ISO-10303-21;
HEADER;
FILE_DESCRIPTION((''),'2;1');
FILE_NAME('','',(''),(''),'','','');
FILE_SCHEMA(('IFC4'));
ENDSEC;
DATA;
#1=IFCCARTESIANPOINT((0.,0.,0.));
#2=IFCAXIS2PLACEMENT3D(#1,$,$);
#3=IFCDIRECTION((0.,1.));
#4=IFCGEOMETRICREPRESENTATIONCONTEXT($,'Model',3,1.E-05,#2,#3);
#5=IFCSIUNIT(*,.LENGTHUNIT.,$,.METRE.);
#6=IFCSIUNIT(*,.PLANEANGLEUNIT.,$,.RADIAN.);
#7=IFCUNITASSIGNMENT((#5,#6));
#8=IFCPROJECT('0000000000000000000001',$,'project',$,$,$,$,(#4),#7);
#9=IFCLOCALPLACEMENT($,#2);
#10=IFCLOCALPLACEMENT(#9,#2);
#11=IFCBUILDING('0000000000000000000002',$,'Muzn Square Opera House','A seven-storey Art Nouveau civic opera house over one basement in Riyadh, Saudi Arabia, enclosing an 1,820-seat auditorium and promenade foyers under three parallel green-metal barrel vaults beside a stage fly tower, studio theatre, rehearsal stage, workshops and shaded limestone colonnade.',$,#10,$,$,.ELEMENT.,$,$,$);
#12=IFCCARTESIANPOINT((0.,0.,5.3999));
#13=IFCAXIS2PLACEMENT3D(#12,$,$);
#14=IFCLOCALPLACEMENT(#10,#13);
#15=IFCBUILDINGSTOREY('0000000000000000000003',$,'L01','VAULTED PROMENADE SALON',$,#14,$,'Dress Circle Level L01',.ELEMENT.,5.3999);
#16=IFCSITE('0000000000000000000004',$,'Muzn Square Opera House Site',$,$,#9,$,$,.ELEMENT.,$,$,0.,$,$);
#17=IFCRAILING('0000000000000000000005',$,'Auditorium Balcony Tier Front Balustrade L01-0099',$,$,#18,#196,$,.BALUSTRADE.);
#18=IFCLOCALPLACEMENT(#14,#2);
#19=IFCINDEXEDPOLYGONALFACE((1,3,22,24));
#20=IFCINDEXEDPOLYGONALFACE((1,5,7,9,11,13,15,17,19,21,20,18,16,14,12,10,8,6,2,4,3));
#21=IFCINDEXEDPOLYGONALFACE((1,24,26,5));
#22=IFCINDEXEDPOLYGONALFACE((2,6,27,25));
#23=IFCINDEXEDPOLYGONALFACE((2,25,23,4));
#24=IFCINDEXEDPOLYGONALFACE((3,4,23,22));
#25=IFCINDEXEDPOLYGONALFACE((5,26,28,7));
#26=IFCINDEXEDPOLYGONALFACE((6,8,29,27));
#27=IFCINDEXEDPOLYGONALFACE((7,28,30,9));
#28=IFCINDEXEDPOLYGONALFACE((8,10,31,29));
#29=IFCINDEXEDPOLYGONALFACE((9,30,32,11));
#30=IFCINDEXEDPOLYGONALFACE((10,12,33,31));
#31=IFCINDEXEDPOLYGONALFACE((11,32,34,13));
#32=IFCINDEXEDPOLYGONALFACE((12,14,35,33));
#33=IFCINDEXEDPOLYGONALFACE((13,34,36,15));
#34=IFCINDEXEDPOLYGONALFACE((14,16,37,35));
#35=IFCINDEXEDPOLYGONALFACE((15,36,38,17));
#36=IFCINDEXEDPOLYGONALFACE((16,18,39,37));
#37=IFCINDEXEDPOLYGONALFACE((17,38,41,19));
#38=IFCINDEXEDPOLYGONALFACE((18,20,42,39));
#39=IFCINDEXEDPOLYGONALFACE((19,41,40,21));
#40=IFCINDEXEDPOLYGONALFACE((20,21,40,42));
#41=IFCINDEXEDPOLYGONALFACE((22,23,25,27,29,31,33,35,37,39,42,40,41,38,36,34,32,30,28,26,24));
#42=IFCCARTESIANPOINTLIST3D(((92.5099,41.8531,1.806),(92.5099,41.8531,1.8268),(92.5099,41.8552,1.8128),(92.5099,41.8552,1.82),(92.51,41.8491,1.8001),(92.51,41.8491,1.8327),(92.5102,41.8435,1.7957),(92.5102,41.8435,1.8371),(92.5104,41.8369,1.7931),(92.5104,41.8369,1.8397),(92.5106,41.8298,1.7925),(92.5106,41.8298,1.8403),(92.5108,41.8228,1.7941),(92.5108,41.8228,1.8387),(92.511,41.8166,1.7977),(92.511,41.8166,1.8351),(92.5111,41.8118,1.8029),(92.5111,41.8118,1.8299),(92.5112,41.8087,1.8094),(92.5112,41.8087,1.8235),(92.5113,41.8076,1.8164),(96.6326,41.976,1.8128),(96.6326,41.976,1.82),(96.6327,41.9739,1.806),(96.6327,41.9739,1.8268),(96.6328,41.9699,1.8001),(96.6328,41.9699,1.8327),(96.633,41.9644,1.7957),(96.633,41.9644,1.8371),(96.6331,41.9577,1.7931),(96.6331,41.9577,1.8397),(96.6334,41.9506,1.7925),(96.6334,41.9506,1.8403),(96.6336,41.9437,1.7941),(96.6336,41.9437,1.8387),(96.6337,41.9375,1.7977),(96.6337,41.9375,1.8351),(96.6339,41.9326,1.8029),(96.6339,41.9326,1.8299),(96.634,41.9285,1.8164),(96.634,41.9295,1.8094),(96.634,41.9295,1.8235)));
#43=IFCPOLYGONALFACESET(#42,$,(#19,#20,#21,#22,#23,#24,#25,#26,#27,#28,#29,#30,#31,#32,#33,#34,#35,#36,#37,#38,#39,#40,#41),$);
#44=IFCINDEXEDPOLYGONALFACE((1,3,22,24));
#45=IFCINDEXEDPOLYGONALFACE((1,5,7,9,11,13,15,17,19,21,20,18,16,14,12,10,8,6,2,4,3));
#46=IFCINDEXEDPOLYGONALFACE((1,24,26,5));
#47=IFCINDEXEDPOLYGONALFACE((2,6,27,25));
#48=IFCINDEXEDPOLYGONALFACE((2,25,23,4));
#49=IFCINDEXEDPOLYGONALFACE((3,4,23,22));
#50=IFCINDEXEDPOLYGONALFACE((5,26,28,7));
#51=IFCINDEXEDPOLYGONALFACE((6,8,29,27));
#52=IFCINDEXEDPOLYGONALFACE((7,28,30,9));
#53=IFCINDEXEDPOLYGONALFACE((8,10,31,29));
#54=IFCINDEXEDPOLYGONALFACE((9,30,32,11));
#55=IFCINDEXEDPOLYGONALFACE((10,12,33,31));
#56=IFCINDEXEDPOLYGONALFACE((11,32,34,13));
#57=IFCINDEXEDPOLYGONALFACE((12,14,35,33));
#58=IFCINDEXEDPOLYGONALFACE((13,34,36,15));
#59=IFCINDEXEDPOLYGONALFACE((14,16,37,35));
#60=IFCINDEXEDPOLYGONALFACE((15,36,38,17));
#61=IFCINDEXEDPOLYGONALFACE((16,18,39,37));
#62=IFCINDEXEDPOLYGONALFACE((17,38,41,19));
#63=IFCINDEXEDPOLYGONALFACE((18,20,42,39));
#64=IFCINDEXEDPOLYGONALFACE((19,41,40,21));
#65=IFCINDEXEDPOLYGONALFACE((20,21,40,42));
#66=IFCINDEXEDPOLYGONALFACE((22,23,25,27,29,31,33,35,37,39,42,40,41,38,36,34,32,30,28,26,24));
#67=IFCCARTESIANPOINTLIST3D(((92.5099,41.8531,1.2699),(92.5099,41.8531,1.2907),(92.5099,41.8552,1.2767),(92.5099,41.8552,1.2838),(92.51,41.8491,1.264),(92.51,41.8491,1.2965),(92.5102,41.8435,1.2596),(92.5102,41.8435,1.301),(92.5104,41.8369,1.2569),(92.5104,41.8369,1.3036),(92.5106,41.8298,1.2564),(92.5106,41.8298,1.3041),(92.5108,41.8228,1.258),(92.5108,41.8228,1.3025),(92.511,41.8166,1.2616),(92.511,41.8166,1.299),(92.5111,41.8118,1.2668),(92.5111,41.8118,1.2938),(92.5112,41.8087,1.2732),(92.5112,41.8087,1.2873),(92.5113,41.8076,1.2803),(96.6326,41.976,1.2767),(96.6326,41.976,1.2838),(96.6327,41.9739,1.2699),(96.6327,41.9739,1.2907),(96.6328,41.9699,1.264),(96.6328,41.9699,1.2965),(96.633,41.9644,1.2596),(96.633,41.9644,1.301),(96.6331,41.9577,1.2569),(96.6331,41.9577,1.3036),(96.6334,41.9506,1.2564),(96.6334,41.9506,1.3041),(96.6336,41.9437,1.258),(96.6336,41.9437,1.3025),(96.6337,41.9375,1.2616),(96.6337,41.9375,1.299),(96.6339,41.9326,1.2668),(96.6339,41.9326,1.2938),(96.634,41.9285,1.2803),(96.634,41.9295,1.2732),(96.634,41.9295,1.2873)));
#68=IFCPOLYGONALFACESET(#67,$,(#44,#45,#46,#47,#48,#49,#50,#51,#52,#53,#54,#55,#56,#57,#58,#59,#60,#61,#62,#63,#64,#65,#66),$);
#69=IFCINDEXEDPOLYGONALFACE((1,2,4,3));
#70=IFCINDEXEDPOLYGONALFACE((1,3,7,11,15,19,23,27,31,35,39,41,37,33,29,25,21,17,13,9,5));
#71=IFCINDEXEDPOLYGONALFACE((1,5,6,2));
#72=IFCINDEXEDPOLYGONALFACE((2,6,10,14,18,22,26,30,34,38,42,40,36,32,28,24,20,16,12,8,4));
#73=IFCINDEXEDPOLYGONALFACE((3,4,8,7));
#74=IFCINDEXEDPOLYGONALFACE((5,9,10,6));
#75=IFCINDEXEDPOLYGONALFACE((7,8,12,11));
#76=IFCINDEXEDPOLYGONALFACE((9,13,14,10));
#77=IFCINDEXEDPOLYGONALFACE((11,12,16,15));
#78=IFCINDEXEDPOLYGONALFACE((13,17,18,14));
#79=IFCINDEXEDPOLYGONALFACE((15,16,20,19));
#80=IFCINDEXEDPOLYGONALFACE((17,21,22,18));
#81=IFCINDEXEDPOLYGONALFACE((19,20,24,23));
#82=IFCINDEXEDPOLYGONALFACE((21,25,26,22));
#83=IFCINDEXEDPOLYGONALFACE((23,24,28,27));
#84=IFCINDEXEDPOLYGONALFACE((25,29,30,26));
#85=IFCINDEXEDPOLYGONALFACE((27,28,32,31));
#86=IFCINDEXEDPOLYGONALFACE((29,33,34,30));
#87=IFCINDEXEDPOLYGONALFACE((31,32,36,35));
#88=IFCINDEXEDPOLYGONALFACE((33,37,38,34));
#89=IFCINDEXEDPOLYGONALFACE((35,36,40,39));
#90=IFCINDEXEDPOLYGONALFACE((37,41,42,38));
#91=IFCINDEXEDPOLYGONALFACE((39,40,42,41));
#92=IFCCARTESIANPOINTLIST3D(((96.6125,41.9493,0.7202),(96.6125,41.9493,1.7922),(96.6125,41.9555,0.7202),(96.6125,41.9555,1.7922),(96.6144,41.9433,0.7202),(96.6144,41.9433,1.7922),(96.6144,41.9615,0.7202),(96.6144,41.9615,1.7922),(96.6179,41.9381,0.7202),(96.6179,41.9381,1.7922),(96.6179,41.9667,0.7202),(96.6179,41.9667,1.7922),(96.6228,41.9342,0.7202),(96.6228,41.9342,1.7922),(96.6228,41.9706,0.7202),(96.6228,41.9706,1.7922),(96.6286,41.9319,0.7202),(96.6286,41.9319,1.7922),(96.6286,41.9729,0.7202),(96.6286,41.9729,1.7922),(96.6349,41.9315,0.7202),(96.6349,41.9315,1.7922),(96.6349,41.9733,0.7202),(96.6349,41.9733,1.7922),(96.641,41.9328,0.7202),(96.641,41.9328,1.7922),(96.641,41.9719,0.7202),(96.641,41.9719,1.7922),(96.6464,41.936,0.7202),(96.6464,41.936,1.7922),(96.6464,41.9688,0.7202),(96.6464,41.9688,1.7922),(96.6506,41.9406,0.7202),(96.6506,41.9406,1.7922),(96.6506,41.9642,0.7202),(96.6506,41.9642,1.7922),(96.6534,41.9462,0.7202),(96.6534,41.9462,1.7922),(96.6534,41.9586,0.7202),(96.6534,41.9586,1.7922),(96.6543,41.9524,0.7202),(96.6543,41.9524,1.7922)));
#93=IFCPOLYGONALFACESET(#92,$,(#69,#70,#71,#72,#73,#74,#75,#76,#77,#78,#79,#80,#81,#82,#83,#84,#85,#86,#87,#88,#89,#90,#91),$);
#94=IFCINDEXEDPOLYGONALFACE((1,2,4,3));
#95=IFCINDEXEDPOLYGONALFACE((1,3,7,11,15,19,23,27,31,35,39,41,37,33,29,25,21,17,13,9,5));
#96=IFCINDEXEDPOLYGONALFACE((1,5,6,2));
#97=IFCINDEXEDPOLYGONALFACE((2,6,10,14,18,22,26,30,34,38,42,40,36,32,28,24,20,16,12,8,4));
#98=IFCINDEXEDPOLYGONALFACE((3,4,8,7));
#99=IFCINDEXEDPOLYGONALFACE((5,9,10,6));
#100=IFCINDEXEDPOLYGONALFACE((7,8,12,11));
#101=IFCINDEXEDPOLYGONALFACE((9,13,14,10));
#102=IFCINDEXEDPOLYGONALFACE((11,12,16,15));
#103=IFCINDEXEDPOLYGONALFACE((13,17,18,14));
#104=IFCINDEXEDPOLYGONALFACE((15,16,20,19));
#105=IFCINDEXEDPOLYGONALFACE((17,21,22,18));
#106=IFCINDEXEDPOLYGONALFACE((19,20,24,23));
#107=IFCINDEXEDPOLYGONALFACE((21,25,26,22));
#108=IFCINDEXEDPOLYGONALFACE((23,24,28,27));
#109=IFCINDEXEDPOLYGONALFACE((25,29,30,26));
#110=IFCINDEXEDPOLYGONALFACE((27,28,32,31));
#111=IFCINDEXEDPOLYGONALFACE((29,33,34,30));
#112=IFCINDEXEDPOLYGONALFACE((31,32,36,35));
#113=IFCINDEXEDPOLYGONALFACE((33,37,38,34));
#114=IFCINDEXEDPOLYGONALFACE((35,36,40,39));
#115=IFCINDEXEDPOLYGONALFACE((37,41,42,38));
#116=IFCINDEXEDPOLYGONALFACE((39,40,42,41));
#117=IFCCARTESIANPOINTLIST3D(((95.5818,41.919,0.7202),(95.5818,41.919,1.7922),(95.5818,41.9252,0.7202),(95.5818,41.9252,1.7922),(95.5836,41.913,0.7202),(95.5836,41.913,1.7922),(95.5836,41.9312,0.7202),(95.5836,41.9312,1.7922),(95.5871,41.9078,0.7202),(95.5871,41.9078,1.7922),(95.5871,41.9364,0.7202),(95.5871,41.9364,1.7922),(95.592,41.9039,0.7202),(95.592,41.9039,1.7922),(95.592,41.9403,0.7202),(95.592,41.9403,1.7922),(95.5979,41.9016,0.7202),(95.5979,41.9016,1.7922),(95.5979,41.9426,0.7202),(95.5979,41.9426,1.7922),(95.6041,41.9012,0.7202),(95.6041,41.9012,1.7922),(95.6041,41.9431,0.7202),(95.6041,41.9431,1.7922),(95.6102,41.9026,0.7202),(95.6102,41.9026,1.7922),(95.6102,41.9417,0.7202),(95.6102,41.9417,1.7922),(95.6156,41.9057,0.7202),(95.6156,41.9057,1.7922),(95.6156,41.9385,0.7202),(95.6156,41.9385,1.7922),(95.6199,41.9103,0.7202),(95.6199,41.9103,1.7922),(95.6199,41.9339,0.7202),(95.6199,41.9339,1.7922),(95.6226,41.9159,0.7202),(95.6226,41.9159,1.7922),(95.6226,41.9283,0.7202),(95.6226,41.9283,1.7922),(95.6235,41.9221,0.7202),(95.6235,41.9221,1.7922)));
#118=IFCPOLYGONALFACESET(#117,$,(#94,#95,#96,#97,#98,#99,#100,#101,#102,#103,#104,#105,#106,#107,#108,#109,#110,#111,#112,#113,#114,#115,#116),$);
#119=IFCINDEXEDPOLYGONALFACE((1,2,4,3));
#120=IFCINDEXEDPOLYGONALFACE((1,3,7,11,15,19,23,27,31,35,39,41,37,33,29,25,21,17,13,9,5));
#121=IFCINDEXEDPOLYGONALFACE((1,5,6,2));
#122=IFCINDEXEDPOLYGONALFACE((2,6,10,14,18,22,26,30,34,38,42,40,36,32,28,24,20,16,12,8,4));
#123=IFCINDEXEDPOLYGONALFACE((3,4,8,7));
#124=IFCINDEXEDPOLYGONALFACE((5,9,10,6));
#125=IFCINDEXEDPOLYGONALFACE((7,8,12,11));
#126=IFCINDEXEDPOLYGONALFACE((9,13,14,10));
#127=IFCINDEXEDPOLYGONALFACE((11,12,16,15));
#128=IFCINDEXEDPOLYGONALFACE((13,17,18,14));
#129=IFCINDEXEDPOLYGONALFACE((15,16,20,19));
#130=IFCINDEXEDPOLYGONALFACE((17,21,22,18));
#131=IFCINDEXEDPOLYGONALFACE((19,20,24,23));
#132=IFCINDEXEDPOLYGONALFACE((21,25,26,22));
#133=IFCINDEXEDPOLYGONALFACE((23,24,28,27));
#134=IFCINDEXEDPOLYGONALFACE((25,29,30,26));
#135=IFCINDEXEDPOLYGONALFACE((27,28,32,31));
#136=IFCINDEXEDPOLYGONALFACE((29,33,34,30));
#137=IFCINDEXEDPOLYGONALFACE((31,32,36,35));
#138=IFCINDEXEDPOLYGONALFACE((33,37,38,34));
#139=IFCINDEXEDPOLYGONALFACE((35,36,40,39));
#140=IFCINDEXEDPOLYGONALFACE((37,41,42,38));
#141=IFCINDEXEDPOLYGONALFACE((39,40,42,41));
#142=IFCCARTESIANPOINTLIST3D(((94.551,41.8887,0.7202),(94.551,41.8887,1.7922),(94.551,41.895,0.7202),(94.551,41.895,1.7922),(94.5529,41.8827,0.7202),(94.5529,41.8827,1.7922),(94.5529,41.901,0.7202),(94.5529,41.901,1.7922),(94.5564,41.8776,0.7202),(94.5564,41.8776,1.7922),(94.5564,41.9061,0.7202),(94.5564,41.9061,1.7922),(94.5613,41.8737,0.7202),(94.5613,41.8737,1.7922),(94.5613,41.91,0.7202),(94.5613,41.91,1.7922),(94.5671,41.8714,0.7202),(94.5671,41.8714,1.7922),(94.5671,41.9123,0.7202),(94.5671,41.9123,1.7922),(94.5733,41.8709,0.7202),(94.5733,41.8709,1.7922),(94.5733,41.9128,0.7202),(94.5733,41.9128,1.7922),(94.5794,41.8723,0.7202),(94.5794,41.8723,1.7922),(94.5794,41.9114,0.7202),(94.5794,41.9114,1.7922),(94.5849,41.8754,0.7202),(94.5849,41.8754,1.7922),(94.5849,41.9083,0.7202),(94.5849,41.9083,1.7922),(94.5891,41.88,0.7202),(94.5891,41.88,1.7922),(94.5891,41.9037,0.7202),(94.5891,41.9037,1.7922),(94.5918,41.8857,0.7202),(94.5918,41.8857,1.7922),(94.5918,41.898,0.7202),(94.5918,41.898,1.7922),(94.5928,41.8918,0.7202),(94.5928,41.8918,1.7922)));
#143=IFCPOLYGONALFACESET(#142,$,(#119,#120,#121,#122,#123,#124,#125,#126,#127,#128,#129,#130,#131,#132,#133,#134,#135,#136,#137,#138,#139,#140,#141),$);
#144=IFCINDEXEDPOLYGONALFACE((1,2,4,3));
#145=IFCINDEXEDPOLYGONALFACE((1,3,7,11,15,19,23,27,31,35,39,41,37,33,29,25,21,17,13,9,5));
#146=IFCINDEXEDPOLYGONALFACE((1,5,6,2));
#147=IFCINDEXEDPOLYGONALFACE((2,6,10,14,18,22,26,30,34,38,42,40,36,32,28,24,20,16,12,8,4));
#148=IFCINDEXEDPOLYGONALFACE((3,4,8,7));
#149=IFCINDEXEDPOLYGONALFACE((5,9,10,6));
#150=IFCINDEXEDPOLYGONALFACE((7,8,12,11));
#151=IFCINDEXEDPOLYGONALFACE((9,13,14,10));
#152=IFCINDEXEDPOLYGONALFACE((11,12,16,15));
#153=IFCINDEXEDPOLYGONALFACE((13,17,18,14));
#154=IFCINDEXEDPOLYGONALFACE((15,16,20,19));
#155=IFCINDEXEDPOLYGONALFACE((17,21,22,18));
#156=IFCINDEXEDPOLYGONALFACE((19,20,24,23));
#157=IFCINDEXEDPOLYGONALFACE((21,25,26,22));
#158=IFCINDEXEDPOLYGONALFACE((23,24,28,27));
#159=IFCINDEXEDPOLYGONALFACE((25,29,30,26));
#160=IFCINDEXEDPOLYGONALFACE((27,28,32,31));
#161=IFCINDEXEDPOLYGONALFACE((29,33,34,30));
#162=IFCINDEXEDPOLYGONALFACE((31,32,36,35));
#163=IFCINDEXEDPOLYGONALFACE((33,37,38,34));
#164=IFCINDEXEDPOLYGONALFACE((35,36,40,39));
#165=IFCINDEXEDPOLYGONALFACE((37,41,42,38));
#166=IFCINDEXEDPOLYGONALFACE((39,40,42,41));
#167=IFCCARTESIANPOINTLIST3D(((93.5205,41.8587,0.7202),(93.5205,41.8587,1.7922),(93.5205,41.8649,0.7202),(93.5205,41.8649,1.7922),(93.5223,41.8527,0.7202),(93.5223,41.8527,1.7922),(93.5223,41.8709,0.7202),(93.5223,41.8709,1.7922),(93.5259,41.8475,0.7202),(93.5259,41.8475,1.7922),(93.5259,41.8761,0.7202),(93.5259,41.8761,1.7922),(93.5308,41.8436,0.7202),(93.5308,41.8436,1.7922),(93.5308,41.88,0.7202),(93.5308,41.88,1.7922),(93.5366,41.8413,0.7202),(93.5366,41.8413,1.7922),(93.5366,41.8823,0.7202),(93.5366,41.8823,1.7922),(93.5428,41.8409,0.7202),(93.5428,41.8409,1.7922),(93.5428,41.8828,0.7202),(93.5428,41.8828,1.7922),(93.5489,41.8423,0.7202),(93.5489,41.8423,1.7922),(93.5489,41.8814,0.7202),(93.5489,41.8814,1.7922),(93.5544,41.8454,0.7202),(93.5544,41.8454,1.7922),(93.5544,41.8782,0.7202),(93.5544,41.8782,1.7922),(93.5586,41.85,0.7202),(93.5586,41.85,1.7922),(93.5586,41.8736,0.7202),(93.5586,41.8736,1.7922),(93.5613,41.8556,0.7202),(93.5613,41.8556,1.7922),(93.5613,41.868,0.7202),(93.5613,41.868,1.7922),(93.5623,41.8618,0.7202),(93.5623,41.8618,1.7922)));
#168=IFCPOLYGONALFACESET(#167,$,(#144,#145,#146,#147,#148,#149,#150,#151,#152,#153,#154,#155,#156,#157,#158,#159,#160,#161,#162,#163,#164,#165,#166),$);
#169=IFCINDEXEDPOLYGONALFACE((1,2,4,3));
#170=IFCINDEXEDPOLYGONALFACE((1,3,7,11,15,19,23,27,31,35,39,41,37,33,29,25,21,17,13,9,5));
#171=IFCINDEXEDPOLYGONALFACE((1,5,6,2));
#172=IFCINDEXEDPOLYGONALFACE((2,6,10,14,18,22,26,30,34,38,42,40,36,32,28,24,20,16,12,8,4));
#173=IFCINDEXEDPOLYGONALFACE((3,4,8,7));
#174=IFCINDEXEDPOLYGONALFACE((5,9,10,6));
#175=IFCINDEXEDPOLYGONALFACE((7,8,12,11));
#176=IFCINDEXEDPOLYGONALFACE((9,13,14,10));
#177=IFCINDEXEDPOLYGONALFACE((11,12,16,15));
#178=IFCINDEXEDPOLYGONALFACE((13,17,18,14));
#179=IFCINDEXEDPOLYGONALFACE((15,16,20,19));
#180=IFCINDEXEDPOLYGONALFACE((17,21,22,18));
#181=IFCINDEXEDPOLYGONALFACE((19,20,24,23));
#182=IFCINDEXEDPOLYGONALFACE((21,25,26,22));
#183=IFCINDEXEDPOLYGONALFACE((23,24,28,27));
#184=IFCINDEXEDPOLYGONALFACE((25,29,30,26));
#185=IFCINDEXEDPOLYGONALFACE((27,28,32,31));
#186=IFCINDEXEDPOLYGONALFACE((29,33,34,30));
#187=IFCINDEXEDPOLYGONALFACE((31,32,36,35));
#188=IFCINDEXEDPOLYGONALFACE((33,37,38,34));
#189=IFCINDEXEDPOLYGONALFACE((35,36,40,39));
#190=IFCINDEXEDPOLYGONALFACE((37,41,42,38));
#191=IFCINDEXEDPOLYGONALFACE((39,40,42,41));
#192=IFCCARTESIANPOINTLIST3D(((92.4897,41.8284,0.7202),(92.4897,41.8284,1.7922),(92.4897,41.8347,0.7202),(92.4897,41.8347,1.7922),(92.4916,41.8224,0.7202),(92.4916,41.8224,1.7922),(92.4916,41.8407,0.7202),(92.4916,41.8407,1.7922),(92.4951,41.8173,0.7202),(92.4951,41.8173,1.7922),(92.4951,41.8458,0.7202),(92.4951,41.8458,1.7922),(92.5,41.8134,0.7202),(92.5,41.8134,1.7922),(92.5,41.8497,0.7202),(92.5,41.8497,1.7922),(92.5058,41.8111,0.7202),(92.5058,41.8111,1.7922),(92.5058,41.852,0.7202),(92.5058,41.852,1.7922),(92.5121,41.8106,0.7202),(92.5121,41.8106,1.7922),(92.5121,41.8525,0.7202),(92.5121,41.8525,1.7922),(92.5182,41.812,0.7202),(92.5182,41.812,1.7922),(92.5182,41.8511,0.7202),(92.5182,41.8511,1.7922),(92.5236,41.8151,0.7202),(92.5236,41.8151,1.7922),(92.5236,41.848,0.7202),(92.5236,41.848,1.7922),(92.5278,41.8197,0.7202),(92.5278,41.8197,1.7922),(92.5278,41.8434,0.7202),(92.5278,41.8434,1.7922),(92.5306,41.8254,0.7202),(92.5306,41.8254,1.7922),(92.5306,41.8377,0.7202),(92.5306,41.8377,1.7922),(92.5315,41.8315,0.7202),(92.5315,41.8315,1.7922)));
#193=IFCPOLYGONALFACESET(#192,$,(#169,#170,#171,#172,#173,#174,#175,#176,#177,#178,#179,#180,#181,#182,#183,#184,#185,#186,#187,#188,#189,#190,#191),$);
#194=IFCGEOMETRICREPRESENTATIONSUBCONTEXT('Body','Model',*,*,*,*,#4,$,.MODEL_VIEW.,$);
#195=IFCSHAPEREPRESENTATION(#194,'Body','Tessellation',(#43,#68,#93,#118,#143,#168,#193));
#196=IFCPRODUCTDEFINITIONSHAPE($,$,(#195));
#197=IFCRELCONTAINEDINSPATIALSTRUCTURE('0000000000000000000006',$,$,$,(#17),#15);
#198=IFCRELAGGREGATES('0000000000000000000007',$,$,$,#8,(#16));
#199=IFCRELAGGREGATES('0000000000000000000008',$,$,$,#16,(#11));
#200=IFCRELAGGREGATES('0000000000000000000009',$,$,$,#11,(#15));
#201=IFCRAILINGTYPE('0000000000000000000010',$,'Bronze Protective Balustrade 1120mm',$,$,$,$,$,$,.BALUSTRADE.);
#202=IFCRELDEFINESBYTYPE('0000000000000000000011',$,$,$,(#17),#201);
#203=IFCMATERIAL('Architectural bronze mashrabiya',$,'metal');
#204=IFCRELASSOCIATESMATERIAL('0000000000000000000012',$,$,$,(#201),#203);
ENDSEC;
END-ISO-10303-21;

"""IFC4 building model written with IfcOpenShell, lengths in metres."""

from ifc_helpers import new_model, si_unit, direction, frame, origin, origin_2d, place, context, subcontext, project, spatial, circle, extrude, material, type_object, element, save


model = new_model("IFC4")

# Units and contexts
model_context = context("Model", 3, precision=1e-05, world=origin(), true_north=direction((0.0, 1.0)))
body_context = subcontext(model_context, "Body", "Model", "MODEL_VIEW")
ifc_project = project(units=[si_unit("LENGTHUNIT", "METRE"), si_unit("PLANEANGLEUNIT", "RADIAN")], contexts=[model_context])

# Site, building, storey
site_placement = place(None, origin())
site = spatial("IfcSite", under=ifc_project, at=site_placement, Name="Muzn Square Opera House Site", CompositionType="ELEMENT", RefElevation=0.0)
building_placement = place(site_placement, origin())
building = spatial("IfcBuilding", under=site, at=building_placement, Name="Muzn Square Opera House", Description="A seven-storey Art Nouveau civic opera house over one basement in Riyadh, Saudi Arabia, enclosing an 1,820-seat auditorium and promenade foyers under three parallel green-metal barrel vaults beside a stage fly tower, studio theatre, rehearsal stage, workshops and shaded limestone colonnade.", CompositionType="ELEMENT")
storey_placement = place(building_placement, frame((0.0, 0.0, 5.3999)))
storey = spatial("IfcBuildingStorey", under=building, at=storey_placement, Name="L01", Description="VAULTED PROMENADE SALON", LongName="Dress Circle Level L01", CompositionType="ELEMENT", Elevation=5.3999)

# Railing
ifc_material_1 = material(Name="Architectural bronze mashrabiya", Category="metal")
railing_type = type_object("IfcRailingType", Name="Bronze Protective Balustrade 1120mm", PredefinedType="BALUSTRADE", material=ifc_material_1)
railing_1_placement = place(storey_placement, frame((96.6333, 41.9524, 0.7202)))
element("IfcRailing", 1, at=railing_1_placement, inside=storey, type_object=railing_type, Name="Auditorium Balcony Tier Front Balustrade L01-0099", PredefinedType="BALUSTRADE", context=body_context, shape_type="SweptSolid", body=[
    extrude(circle(Radius=0.0239, at=origin_2d()), frame((0.0, 0.0, 1.0962), z_axis=(-0.999571, -0.0293, 0.0), x_axis=(0.0293, -0.999571, 0.0)), (0.0, 0.0, 1.0), 4.1245),
    extrude(circle(Radius=0.0239, at=origin_2d()), frame((0.0, 0.0, 0.5601), z_axis=(-0.999571, -0.0293, 0.0), x_axis=(0.0293, -0.999571, 0.0)), (0.0, 0.0, 1.0), 4.1245),
    extrude(circle(Radius=0.021, at=origin_2d()), origin(), (0.0, 0.0, 1.0), 1.072),
    extrude(circle(Radius=0.021, at=origin_2d()), frame((-1.0308, -0.0303, 0.0)), (0.0, 0.0, 1.0), 1.072),
    extrude(circle(Radius=0.021, at=origin_2d()), frame((-2.0615, -0.0605, 0.0)), (0.0, 0.0, 1.0), 1.072),
    extrude(circle(Radius=0.021, at=origin_2d()), frame((-3.092, -0.0906, 0.0)), (0.0, 0.0, 1.0), 1.072),
    extrude(circle(Radius=0.021, at=origin_2d()), frame((-4.1228, -0.1208, 0.0)), (0.0, 0.0, 1.0), 1.072),
])

save(model, "model.ifc")
